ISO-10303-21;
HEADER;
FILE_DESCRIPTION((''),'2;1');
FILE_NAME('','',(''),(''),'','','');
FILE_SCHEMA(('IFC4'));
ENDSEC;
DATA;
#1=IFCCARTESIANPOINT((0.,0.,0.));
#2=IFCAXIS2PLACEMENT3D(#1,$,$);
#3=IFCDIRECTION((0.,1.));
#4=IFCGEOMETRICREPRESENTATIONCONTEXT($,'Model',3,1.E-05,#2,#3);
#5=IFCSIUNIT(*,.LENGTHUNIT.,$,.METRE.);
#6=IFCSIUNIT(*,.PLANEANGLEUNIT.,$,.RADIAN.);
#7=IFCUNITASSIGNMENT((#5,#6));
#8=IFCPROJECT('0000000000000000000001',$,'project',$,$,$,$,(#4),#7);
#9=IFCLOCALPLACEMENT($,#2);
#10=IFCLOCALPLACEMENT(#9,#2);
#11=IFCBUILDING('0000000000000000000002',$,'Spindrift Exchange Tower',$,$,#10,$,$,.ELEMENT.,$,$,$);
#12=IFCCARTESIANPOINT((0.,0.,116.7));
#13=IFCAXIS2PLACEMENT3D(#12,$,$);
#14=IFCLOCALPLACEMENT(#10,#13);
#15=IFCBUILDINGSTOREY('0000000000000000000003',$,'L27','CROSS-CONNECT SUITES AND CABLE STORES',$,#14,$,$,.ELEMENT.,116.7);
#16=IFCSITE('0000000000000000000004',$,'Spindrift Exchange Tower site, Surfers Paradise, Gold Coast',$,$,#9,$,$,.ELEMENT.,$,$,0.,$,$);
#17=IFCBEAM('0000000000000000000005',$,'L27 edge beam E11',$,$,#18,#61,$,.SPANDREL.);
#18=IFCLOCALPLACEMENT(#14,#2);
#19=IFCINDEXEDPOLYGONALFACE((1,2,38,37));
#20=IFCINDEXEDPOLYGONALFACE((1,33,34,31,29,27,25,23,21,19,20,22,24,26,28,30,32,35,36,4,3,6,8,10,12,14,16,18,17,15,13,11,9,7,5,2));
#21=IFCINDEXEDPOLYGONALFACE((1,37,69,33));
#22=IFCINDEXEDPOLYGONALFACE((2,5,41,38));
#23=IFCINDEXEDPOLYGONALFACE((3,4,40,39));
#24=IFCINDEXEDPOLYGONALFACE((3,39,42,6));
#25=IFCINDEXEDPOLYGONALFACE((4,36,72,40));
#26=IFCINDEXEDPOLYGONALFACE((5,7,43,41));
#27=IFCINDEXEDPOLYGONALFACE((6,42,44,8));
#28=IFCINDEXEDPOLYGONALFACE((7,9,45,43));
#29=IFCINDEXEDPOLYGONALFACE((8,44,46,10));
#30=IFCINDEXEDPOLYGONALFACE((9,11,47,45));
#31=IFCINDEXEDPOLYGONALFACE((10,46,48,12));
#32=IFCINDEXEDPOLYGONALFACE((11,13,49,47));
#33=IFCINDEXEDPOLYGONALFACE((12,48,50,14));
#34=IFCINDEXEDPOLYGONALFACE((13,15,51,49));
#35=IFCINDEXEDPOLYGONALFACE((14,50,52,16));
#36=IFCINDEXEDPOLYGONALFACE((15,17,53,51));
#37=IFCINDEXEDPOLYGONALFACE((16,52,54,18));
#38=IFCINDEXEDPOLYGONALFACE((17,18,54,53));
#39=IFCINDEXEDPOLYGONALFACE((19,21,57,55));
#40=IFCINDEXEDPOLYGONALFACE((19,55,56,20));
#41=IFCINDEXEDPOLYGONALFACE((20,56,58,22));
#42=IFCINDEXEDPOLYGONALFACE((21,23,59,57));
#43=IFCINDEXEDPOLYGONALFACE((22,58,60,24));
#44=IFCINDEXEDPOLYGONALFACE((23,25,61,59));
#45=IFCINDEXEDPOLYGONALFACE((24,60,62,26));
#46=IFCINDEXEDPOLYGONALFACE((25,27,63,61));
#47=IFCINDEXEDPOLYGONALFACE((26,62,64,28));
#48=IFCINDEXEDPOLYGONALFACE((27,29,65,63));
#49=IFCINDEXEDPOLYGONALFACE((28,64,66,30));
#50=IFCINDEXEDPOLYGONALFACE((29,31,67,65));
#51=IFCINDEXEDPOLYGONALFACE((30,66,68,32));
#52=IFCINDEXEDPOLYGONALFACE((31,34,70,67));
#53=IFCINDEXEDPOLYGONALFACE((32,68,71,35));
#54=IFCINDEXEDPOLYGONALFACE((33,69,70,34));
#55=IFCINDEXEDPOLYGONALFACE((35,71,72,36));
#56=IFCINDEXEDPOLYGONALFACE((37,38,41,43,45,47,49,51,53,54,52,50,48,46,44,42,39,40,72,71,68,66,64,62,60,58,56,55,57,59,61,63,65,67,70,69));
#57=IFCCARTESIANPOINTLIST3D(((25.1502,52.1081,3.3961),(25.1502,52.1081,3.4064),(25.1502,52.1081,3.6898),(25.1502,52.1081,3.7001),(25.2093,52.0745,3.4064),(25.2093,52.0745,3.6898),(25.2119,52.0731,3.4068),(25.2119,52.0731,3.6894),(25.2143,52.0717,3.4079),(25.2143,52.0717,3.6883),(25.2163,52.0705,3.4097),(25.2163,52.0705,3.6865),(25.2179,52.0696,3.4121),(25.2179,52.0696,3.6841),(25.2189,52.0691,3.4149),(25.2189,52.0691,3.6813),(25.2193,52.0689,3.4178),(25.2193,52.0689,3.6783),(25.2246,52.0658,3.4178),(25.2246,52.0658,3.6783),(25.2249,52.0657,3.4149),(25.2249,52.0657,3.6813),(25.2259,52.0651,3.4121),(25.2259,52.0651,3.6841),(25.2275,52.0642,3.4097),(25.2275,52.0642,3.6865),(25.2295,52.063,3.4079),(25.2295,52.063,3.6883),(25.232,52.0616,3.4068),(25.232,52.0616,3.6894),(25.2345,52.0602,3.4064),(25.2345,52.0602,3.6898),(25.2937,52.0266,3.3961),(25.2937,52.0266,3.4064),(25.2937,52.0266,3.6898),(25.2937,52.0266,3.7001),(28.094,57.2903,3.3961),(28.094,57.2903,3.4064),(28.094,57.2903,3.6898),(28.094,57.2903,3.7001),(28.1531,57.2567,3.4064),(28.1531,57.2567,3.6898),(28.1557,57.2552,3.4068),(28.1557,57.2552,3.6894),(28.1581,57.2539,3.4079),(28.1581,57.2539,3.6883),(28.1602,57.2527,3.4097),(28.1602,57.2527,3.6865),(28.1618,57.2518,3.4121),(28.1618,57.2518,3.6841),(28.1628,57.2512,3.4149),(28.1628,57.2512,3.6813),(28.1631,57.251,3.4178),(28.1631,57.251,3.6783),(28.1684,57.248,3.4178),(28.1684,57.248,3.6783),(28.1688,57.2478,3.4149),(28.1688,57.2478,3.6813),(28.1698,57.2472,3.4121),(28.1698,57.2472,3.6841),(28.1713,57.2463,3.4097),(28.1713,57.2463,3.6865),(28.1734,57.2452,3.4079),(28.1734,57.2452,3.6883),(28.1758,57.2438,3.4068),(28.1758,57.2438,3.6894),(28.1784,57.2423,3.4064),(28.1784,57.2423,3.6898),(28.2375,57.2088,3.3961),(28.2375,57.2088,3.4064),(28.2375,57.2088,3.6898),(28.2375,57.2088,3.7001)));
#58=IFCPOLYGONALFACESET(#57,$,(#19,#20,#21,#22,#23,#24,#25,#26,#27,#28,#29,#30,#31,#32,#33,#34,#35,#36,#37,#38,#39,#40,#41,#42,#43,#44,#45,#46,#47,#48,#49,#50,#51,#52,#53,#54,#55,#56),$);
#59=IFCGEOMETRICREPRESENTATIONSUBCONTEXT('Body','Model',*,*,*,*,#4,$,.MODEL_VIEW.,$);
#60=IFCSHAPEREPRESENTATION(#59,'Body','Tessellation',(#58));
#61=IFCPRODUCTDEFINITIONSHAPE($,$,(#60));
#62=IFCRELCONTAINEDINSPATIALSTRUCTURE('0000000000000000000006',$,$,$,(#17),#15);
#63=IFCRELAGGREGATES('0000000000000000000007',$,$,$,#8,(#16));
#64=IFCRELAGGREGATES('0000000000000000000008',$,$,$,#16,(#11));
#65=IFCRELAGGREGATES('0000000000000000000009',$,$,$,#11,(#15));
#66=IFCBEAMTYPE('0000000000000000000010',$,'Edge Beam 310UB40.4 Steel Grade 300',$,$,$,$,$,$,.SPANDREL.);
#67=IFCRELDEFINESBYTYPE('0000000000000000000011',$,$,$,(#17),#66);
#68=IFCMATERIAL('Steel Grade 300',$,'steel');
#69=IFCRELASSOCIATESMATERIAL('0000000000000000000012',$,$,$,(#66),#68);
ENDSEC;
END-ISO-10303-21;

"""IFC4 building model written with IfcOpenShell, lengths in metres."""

from ifc_helpers import new_model, si_unit, direction, frame, origin, origin_2d, place, context, subcontext, project, spatial, i_section, extrude, source, transform, mapped, material, material_profile, profile_set, type_object, element, save


model = new_model("IFC4")

# Units and contexts
model_context = context("Model", 3, precision=1e-05, world=origin(), true_north=direction((0.0, 1.0)))
body_context = subcontext(model_context, "Body", "Model", "MODEL_VIEW")
ifc_project = project(units=[si_unit("LENGTHUNIT", "METRE"), si_unit("PLANEANGLEUNIT", "RADIAN")], contexts=[model_context])

# Site, building, storey
site_placement = place(None, origin())
site = spatial("IfcSite", under=ifc_project, at=site_placement, Name="Spindrift Exchange Tower site, Surfers Paradise, Gold Coast", CompositionType="ELEMENT", RefElevation=0.0)
building_placement = place(site_placement, origin())
building = spatial("IfcBuilding", under=site, at=building_placement, Name="Spindrift Exchange Tower", CompositionType="ELEMENT")
storey_placement = place(building_placement, frame((0.0, 0.0, 116.7)))
storey = spatial("IfcBuildingStorey", under=building, at=storey_placement, Name="L27", Description="CROSS-CONNECT SUITES AND CABLE STORES", CompositionType="ELEMENT", Elevation=116.7)

# Beam
ifc_material_1 = material(Name="Steel Grade 300", Category="steel")
ifc_material_profile_1 = material_profile(ifc_material_1, i_section(OverallWidth=0.165, OverallDepth=0.304, WebThickness=0.0061, FlangeThickness=0.0103, FilletRadius=0.0115, at=origin_2d()), Name="310UB40.4")
ifc_profile_set_1 = profile_set([ifc_material_profile_1], Name="Steel Grade 300")
beam_type_1 = type_object("IfcBeamType", Name="Edge Beam 310UB40.4 Steel Grade 300", PredefinedType="SPANDREL", material=ifc_profile_set_1)
shared_shape_1 = source(origin(), body_context, "Body", "SweptSolid", [
    extrude(i_section(OverallWidth=0.165, OverallDepth=0.304, WebThickness=0.0061, FlangeThickness=0.0103, FilletRadius=0.0115, at=origin_2d()), origin(), (0.0, 0.0, 1.0), 5.96),
])
beam_1_placement = place(storey_placement, frame((28.1658, 57.2495, 3.5481), z_axis=(-0.49394, -0.869496, 0.0), x_axis=(0.869496, -0.49394, 0.0)))
element("IfcBeam", 1, at=beam_1_placement, inside=storey, type_object=beam_type_1, Name="L27 edge beam E11", PredefinedType="SPANDREL", context=body_context, shape_type="MappedRepresentation", body=[
    mapped(shared_shape_1, transform((0.0, 0.0, 0.0), scale=1.0)),
])

save(model, "model.ifc")
